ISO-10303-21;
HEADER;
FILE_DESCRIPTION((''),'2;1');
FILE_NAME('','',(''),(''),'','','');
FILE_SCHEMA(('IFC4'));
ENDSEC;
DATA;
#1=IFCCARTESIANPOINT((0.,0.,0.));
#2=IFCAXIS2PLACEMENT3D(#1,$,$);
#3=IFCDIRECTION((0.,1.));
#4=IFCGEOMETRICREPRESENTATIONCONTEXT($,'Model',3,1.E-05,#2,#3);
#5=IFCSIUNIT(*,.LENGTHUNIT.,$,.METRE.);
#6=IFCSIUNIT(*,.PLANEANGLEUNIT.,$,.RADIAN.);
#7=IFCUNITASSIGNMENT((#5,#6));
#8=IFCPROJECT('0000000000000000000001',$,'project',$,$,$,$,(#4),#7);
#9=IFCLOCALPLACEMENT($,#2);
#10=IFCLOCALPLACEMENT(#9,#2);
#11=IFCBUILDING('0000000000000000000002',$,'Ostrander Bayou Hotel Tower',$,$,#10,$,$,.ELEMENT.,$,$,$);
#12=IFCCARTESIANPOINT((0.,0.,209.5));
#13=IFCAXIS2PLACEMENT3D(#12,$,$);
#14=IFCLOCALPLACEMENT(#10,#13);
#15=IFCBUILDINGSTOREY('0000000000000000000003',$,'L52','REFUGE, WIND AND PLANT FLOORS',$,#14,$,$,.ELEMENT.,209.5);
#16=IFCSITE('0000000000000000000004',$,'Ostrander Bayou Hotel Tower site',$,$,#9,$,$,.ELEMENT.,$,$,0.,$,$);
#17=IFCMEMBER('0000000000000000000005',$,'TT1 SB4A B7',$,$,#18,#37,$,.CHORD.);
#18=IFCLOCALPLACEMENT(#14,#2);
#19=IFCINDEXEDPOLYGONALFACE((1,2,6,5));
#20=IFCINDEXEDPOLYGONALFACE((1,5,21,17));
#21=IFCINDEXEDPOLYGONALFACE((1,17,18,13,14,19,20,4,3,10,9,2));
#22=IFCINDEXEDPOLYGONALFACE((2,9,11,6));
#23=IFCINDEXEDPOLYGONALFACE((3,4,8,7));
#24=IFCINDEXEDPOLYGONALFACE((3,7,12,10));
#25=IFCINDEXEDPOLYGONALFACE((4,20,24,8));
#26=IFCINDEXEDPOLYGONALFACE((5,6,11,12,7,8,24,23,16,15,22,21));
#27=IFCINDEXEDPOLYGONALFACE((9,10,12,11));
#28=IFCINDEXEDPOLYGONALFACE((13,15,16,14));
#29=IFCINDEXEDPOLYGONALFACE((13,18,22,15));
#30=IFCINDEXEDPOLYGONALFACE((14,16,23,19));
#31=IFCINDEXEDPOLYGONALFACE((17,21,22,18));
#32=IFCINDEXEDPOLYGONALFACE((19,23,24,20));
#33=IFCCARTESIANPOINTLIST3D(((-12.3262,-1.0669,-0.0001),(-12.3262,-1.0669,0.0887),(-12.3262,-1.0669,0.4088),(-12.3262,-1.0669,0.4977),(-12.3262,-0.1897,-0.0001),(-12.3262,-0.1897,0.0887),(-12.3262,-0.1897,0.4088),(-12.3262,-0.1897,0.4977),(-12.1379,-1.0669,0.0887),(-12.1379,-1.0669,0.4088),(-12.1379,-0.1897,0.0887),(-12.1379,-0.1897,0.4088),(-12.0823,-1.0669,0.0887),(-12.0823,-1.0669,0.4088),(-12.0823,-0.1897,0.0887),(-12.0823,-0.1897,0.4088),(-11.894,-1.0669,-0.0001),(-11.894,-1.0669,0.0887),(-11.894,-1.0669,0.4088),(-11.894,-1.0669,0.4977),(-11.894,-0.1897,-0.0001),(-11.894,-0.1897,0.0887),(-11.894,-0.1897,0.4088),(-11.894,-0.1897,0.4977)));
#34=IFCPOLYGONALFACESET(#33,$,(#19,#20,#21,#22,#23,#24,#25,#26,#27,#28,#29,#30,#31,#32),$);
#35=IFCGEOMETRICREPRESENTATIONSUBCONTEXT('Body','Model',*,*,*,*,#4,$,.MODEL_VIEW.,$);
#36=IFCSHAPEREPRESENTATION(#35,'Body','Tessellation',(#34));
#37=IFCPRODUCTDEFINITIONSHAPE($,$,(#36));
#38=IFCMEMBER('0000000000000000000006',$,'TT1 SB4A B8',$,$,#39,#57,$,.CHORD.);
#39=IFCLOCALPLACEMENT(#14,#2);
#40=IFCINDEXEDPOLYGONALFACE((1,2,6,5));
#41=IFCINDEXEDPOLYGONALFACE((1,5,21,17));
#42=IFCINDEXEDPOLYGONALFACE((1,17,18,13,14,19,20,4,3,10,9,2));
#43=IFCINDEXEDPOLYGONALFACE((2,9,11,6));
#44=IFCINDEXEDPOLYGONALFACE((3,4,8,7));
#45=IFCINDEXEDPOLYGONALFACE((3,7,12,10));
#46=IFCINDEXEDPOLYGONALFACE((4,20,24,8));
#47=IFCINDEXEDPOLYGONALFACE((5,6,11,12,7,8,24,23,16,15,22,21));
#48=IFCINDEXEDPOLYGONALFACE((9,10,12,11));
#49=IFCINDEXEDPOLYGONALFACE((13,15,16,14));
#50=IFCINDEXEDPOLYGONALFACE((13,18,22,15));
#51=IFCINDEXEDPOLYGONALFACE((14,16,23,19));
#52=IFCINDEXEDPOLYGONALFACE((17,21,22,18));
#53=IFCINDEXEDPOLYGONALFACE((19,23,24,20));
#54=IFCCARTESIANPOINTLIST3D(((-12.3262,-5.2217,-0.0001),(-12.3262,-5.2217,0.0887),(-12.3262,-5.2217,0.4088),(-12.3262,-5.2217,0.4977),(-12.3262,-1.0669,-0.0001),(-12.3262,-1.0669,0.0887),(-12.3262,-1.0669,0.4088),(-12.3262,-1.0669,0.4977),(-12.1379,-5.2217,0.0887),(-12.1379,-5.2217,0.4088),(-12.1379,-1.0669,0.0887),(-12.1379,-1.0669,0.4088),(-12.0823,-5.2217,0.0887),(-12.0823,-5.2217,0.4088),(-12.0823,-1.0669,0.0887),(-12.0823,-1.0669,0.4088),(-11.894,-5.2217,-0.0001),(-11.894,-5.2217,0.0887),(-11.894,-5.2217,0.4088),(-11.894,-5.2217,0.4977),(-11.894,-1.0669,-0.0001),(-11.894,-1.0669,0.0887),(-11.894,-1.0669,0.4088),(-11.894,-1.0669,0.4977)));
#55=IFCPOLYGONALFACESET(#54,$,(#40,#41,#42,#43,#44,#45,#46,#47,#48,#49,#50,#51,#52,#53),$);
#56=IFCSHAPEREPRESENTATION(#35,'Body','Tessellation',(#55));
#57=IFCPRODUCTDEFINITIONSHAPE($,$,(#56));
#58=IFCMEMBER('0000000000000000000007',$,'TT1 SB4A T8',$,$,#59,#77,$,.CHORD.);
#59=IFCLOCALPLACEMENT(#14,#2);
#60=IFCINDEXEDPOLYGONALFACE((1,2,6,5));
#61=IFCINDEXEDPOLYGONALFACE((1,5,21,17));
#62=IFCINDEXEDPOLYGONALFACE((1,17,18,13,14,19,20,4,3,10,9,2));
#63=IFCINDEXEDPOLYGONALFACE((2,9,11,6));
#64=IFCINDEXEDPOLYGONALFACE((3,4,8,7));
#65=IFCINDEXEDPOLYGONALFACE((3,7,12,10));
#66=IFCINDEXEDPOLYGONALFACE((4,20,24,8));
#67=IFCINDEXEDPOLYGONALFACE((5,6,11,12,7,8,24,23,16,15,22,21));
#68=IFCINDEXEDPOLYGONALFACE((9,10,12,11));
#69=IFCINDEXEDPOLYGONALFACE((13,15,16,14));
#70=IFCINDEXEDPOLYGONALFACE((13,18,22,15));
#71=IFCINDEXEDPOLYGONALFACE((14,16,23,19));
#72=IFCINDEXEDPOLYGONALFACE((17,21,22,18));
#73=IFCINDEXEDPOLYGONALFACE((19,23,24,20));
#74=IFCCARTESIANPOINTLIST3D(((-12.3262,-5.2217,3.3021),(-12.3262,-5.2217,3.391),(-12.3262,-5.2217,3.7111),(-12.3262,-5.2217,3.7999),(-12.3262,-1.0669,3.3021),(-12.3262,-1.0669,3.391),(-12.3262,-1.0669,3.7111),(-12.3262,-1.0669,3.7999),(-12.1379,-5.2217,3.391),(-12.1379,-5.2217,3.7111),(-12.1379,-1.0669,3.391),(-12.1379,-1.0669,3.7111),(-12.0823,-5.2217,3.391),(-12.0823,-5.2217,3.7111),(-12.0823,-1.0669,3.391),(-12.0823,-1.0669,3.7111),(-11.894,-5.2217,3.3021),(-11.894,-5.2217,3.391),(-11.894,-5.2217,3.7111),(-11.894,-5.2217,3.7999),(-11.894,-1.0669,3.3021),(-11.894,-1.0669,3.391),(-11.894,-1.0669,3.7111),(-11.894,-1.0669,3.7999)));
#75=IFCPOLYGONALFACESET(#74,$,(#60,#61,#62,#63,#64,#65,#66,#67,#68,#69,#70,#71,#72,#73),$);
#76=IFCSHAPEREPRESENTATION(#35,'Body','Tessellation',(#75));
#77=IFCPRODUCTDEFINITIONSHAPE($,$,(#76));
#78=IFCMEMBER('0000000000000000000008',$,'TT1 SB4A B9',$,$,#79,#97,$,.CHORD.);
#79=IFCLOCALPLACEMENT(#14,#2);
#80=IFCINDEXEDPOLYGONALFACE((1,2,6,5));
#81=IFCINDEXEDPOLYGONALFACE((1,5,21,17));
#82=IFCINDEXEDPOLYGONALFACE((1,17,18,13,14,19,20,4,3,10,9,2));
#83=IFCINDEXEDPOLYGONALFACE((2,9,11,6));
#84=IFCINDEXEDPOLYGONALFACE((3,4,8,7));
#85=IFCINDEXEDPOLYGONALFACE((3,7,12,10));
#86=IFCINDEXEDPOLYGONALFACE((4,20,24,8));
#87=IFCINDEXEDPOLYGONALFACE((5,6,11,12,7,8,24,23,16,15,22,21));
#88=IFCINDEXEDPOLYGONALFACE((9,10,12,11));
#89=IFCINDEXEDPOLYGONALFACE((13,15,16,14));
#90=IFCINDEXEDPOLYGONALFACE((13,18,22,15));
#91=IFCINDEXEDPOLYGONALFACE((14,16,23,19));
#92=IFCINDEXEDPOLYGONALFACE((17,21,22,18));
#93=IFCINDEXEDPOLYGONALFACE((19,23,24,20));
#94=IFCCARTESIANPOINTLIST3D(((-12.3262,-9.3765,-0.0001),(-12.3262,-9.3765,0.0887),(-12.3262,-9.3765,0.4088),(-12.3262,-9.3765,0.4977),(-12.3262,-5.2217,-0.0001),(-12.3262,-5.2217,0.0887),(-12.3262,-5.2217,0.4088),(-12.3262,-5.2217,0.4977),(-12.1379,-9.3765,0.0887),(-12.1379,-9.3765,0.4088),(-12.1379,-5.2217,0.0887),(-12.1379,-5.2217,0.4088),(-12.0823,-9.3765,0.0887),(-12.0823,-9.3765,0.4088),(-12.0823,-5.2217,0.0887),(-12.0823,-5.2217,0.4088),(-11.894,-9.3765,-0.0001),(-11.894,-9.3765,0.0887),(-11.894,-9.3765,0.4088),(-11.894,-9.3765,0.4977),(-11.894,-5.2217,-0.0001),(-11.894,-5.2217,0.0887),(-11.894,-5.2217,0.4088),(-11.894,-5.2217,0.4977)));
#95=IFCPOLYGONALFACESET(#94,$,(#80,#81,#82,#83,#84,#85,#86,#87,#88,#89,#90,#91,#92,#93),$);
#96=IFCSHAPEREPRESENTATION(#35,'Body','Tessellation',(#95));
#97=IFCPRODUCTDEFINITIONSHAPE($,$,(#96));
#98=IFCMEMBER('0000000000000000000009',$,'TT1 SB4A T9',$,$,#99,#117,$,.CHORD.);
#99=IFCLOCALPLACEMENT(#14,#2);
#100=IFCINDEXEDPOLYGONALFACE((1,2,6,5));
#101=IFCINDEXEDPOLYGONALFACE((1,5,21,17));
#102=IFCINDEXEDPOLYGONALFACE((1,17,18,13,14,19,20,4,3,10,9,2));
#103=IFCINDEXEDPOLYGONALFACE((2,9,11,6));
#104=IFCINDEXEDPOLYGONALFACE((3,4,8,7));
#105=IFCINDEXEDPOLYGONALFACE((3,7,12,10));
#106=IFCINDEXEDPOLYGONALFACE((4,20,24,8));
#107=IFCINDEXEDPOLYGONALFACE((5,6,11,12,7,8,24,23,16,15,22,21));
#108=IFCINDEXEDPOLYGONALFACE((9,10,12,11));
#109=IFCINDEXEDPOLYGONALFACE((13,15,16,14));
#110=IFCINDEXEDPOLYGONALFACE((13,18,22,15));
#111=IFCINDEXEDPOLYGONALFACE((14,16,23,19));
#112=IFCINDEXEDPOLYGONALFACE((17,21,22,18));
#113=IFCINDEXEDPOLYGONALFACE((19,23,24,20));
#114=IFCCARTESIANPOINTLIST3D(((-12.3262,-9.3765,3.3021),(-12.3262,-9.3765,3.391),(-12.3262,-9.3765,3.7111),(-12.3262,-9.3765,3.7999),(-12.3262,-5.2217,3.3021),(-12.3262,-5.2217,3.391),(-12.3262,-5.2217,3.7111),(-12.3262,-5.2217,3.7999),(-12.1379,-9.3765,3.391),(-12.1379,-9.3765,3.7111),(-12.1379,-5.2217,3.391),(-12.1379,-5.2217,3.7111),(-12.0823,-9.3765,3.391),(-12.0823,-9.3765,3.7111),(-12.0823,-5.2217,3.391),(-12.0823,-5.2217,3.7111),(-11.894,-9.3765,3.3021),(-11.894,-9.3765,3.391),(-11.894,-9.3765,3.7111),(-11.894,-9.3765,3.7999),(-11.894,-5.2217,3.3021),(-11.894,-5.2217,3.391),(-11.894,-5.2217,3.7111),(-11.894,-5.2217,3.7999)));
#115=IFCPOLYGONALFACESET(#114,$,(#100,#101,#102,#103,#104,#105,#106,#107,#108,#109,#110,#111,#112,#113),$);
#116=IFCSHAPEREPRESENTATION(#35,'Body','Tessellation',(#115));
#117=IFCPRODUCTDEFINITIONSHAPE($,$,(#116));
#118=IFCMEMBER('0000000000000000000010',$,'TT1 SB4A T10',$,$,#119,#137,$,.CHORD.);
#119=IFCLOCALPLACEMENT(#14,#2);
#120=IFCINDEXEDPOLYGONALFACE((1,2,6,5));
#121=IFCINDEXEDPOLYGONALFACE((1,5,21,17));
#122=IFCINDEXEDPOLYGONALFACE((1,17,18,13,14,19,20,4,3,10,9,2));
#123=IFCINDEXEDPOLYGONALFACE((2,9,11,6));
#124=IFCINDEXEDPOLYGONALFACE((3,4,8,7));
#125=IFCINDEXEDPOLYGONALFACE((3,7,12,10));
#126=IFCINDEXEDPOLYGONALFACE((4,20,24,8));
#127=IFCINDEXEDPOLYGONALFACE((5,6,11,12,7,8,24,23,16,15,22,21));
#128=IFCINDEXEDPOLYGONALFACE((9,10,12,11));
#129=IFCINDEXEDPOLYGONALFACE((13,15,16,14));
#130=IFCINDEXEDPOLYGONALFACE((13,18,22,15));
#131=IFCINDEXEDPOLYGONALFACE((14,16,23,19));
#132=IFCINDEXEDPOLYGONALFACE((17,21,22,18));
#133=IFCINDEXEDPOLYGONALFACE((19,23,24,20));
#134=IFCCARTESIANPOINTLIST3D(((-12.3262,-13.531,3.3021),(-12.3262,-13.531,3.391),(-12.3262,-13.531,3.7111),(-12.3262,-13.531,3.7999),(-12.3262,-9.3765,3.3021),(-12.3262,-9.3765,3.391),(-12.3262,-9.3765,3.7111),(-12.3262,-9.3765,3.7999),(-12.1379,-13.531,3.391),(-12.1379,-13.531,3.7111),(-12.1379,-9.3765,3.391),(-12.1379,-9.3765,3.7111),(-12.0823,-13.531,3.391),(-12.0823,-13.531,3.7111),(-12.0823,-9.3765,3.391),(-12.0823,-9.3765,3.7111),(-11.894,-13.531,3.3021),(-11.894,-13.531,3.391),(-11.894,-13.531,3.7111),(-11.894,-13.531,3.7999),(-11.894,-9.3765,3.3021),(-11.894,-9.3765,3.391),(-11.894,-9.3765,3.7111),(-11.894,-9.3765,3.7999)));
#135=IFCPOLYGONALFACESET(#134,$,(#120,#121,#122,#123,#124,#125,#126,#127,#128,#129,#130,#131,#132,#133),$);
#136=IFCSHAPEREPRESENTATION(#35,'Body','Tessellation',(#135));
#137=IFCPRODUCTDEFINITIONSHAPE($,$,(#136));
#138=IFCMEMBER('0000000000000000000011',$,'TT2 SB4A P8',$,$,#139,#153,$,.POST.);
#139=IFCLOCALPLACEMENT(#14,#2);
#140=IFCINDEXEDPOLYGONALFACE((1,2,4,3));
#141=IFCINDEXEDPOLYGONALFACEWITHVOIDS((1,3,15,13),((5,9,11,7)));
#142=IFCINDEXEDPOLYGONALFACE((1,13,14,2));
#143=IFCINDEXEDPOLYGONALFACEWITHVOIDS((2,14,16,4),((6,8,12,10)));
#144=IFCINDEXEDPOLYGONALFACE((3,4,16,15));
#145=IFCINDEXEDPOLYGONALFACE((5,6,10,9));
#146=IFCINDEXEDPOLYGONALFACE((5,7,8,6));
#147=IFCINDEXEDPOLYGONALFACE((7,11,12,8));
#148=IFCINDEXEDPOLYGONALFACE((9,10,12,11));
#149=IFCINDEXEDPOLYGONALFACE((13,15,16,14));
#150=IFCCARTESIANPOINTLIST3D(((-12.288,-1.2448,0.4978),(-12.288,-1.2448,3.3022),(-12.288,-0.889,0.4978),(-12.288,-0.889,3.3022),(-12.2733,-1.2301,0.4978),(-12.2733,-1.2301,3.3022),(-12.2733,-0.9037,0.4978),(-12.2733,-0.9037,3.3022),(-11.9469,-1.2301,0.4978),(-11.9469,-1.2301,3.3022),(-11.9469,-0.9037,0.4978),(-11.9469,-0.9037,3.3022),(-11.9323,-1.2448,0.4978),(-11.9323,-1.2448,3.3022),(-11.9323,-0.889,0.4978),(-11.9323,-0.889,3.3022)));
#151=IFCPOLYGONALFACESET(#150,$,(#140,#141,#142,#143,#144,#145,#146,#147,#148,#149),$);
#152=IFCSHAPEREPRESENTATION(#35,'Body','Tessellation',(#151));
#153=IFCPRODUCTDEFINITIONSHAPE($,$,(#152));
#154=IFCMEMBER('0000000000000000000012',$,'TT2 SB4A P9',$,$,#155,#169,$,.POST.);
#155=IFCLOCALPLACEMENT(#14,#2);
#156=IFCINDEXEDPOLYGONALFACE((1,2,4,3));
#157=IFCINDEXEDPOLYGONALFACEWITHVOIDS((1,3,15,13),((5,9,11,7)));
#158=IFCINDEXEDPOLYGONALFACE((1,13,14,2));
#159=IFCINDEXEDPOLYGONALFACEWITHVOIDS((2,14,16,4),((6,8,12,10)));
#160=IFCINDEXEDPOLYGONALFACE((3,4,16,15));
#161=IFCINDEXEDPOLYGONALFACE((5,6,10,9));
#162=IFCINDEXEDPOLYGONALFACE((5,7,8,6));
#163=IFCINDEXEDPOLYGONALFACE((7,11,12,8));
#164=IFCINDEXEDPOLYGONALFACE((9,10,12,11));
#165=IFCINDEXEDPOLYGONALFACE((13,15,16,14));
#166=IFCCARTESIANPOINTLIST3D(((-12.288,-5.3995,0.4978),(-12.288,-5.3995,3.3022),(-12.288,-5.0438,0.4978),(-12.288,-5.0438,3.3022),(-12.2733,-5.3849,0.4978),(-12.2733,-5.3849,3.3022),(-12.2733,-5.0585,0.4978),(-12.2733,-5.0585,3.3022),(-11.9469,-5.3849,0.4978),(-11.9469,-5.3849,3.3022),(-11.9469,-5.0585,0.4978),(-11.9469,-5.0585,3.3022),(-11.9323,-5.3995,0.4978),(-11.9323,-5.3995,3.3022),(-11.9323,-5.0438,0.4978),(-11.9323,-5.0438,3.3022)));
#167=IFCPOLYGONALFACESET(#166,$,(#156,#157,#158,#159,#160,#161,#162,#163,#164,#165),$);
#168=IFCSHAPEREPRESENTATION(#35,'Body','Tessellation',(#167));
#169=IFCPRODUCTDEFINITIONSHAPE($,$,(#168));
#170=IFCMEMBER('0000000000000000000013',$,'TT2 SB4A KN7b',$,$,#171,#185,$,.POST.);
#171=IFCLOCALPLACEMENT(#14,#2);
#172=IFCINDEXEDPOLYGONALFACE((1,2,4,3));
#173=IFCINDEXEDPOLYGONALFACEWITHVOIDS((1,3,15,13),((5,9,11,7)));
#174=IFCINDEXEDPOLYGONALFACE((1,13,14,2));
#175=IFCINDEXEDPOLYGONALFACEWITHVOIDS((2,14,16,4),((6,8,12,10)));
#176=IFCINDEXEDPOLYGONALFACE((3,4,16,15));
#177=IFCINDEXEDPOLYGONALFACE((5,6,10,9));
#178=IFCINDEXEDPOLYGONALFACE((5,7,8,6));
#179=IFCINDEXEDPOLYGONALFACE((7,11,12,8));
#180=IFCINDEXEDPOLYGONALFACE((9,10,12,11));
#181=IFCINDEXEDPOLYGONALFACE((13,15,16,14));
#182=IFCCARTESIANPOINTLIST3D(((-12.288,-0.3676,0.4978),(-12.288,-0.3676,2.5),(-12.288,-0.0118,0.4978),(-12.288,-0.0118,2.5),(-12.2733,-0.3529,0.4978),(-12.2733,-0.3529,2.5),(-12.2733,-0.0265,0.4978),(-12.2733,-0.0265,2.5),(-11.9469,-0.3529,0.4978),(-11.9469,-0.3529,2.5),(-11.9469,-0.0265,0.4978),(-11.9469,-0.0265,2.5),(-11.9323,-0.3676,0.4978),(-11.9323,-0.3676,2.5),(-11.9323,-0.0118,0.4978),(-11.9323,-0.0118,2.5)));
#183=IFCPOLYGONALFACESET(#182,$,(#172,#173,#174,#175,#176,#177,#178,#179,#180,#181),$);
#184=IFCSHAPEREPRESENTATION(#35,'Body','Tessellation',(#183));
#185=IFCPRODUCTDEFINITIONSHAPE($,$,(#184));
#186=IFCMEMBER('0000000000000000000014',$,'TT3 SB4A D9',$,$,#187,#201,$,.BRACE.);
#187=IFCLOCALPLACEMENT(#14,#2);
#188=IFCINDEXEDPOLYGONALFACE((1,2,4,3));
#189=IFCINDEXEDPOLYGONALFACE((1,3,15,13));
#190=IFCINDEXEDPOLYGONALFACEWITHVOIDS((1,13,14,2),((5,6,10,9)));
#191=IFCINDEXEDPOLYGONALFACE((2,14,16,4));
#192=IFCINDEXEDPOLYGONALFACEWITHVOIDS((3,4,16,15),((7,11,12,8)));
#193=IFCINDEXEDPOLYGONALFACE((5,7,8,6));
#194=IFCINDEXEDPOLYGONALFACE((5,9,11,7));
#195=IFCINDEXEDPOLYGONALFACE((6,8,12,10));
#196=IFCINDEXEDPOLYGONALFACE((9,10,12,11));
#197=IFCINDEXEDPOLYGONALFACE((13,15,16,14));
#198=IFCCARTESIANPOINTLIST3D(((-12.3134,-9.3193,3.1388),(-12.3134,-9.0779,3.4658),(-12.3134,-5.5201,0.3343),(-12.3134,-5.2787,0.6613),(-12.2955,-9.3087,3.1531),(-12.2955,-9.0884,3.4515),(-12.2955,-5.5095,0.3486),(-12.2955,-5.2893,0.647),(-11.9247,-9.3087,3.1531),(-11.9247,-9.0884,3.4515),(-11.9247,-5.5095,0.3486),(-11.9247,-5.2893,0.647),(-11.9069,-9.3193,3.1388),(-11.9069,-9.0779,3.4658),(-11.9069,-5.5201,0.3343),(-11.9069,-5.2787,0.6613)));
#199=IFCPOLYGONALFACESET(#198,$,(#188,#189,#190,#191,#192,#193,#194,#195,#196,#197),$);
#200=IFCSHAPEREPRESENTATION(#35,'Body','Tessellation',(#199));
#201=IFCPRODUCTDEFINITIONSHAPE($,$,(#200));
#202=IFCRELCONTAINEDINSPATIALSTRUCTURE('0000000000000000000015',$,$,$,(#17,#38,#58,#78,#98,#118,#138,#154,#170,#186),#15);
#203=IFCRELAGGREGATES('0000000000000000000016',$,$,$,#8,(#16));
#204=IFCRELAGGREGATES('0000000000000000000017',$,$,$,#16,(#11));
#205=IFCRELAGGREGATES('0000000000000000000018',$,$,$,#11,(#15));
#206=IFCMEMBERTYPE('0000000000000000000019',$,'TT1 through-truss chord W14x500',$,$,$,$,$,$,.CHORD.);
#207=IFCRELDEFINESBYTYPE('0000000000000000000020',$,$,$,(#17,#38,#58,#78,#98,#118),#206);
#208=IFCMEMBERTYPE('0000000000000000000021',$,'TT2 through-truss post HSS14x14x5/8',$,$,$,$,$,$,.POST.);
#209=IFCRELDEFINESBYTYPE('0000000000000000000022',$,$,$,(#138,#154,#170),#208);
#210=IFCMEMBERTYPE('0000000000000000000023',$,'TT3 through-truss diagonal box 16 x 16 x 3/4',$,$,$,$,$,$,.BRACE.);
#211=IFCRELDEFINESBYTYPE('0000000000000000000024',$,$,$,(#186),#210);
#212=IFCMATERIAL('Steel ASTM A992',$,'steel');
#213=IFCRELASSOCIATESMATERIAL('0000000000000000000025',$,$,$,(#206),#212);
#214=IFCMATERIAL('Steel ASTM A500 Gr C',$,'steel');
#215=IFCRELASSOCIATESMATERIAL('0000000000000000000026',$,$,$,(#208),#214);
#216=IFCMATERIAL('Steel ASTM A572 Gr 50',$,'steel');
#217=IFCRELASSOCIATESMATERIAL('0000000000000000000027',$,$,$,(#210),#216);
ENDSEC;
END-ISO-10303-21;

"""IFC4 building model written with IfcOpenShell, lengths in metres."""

from ifc_helpers import new_model, si_unit, direction, frame, origin, origin_2d, place, context, subcontext, project, spatial, hollow_rectangle, i_section, extrude, material, material_profile, profile_set, type_object, element, save


model = new_model("IFC4")

# Units and contexts
model_context = context("Model", 3, precision=1e-05, world=origin(), true_north=direction((0.0, 1.0)))
body_context = subcontext(model_context, "Body", "Model", "MODEL_VIEW")
ifc_project = project(units=[si_unit("LENGTHUNIT", "METRE"), si_unit("PLANEANGLEUNIT", "RADIAN")], contexts=[model_context])

# Site, building, storey
site_placement = place(None, origin())
site = spatial("IfcSite", under=ifc_project, at=site_placement, Name="Ostrander Bayou Hotel Tower site", CompositionType="ELEMENT", RefElevation=0.0)
building_placement = place(site_placement, origin())
building = spatial("IfcBuilding", under=site, at=building_placement, Name="Ostrander Bayou Hotel Tower", CompositionType="ELEMENT")
storey_placement = place(building_placement, frame((0.0, 0.0, 209.5)))
storey = spatial("IfcBuildingStorey", under=building, at=storey_placement, Name="L52", Description="REFUGE, WIND AND PLANT FLOORS", CompositionType="ELEMENT", Elevation=209.5)

# Members
ifc_material_1 = material(Name="Steel ASTM A992", Category="steel")
ifc_material_profile_1 = material_profile(ifc_material_1, i_section(OverallWidth=0.4321, OverallDepth=0.4978, WebThickness=0.0557, FlangeThickness=0.0889, at=origin_2d()))
ifc_profile_set_1 = profile_set([ifc_material_profile_1], Name="Steel ASTM A992")
member_type_1 = type_object("IfcMemberType", Name="TT1 through-truss chord W14x500", PredefinedType="CHORD", material=ifc_profile_set_1)
member_1_placement = place(storey_placement, frame((-12.1101, -0.1897, 0.2488), z_axis=(0.0, -1.0, 0.0), x_axis=(1.0, 0.0, 0.0)))
element("IfcMember", 1, at=member_1_placement, inside=storey, type_object=member_type_1, Name="TT1 SB4A B7", PredefinedType="CHORD", context=body_context, shape_type="SweptSolid", body=[
    extrude(i_section(OverallWidth=0.4321, OverallDepth=0.4978, WebThickness=0.0557, FlangeThickness=0.0889, at=origin_2d()), origin(), (0.0, 0.0, 1.0), 0.8772),
])
for number, where, z_axis, x_axis, name in (
    (2, (-12.1101, -1.0669, 0.2488), (0.0, -1.0, 0.0), (1.0, 0.0, 0.0), "TT1 SB4A B8"),
    (3, (-12.1101, -1.0669, 3.551), (0.0, -1.0, 0.0), (1.0, 0.0, 0.0), "TT1 SB4A T8"),
    (4, (-12.1101, -5.2217, 0.2488), (0.0, -1.0, 0.0), (1.0, 0.0, 0.0), "TT1 SB4A B9"),
    (5, (-12.1101, -5.2217, 3.551), (0.0, -1.0, 0.0), (1.0, 0.0, 0.0), "TT1 SB4A T9"),
):
    element("IfcMember", number, at=place(storey_placement, frame(where, z_axis=z_axis, x_axis=x_axis)), inside=storey, type_object=member_type_1, Name=name, PredefinedType="CHORD", context=body_context, shape_type="SweptSolid", body=[
        extrude(i_section(OverallWidth=0.4321, OverallDepth=0.4978, WebThickness=0.0557, FlangeThickness=0.0889, at=origin_2d()), origin(), (0.0, 0.0, 1.0), 4.1548),
    ])
member_2_placement = place(storey_placement, frame((-12.1101, -9.3765, 3.551), z_axis=(0.0, -1.0, 0.0), x_axis=(1.0, 0.0, 0.0)))
element("IfcMember", 6, at=member_2_placement, inside=storey, type_object=member_type_1, Name="TT1 SB4A T10", PredefinedType="CHORD", context=body_context, shape_type="SweptSolid", body=[
    extrude(i_section(OverallWidth=0.4321, OverallDepth=0.4978, WebThickness=0.0557, FlangeThickness=0.0889, at=origin_2d()), origin(), (0.0, 0.0, 1.0), 4.1545),
])
ifc_material_2 = material(Name="Steel ASTM A500 Gr C", Category="steel")
ifc_material_profile_2 = material_profile(ifc_material_2, hollow_rectangle(XDim=0.3557, YDim=0.3557, WallThickness=0.0146, at=origin_2d()))
ifc_profile_set_2 = profile_set([ifc_material_profile_2], Name="Steel ASTM A500 Gr C")
member_type_2 = type_object("IfcMemberType", Name="TT2 through-truss post HSS14x14x5/8", PredefinedType="POST", material=ifc_profile_set_2)
for number, where, z_axis, x_axis, name in (
    (7, (-12.1101, -1.0669, 0.4978), (0.0, 0.0, 1.0), (1.0, 0.0, 0.0), "TT2 SB4A P8"),
    (8, (-12.1101, -5.2217, 0.4978), (0.0, 0.0, 1.0), (1.0, 0.0, 0.0), "TT2 SB4A P9"),
):
    element("IfcMember", number, at=place(storey_placement, frame(where, z_axis=z_axis, x_axis=x_axis)), inside=storey, type_object=member_type_2, Name=name, PredefinedType="POST", context=body_context, shape_type="SweptSolid", body=[
        extrude(hollow_rectangle(XDim=0.3557, YDim=0.3557, WallThickness=0.0146, at=origin_2d()), origin(), (0.0, 0.0, 1.0), 2.8044),
    ])
member_3_placement = place(storey_placement, frame((-12.1101, -0.1897, 0.4978), z_axis=(0.0, 0.0, 1.0), x_axis=(1.0, 0.0, 0.0)))
element("IfcMember", 9, at=member_3_placement, inside=storey, type_object=member_type_2, Name="TT2 SB4A KN7b", PredefinedType="POST", context=body_context, shape_type="SweptSolid", body=[
    extrude(hollow_rectangle(XDim=0.3557, YDim=0.3557, WallThickness=0.0146, at=origin_2d()), origin(), (0.0, 0.0, 1.0), 2.0022),
])
ifc_material_3 = material(Name="Steel ASTM A572 Gr 50", Category="steel")
ifc_material_profile_3 = material_profile(ifc_material_3, hollow_rectangle(XDim=0.4065, YDim=0.4065, WallThickness=0.0178, at=origin_2d()))
ifc_profile_set_3 = profile_set([ifc_material_profile_3], Name="Steel ASTM A572 Gr 50")
member_type_3 = type_object("IfcMemberType", Name="TT3 through-truss diagonal box 16 x 16 x 3/4", PredefinedType="BRACE", material=ifc_profile_set_3)
member_4_placement = place(storey_placement, frame((-12.1101, -5.3994, 0.4978), z_axis=(0.0, -0.804537, 0.593902), x_axis=(1.0, 0.0, 0.0)))
element("IfcMember", 10, at=member_4_placement, inside=storey, type_object=member_type_3, Name="TT3 SB4A D9", PredefinedType="BRACE", context=body_context, shape_type="SweptSolid", body=[
    extrude(hollow_rectangle(XDim=0.4065, YDim=0.4065, WallThickness=0.0178, at=origin_2d()), origin(), (0.0, 0.0, 1.0), 4.7222),
])

save(model, "model.ifc")
